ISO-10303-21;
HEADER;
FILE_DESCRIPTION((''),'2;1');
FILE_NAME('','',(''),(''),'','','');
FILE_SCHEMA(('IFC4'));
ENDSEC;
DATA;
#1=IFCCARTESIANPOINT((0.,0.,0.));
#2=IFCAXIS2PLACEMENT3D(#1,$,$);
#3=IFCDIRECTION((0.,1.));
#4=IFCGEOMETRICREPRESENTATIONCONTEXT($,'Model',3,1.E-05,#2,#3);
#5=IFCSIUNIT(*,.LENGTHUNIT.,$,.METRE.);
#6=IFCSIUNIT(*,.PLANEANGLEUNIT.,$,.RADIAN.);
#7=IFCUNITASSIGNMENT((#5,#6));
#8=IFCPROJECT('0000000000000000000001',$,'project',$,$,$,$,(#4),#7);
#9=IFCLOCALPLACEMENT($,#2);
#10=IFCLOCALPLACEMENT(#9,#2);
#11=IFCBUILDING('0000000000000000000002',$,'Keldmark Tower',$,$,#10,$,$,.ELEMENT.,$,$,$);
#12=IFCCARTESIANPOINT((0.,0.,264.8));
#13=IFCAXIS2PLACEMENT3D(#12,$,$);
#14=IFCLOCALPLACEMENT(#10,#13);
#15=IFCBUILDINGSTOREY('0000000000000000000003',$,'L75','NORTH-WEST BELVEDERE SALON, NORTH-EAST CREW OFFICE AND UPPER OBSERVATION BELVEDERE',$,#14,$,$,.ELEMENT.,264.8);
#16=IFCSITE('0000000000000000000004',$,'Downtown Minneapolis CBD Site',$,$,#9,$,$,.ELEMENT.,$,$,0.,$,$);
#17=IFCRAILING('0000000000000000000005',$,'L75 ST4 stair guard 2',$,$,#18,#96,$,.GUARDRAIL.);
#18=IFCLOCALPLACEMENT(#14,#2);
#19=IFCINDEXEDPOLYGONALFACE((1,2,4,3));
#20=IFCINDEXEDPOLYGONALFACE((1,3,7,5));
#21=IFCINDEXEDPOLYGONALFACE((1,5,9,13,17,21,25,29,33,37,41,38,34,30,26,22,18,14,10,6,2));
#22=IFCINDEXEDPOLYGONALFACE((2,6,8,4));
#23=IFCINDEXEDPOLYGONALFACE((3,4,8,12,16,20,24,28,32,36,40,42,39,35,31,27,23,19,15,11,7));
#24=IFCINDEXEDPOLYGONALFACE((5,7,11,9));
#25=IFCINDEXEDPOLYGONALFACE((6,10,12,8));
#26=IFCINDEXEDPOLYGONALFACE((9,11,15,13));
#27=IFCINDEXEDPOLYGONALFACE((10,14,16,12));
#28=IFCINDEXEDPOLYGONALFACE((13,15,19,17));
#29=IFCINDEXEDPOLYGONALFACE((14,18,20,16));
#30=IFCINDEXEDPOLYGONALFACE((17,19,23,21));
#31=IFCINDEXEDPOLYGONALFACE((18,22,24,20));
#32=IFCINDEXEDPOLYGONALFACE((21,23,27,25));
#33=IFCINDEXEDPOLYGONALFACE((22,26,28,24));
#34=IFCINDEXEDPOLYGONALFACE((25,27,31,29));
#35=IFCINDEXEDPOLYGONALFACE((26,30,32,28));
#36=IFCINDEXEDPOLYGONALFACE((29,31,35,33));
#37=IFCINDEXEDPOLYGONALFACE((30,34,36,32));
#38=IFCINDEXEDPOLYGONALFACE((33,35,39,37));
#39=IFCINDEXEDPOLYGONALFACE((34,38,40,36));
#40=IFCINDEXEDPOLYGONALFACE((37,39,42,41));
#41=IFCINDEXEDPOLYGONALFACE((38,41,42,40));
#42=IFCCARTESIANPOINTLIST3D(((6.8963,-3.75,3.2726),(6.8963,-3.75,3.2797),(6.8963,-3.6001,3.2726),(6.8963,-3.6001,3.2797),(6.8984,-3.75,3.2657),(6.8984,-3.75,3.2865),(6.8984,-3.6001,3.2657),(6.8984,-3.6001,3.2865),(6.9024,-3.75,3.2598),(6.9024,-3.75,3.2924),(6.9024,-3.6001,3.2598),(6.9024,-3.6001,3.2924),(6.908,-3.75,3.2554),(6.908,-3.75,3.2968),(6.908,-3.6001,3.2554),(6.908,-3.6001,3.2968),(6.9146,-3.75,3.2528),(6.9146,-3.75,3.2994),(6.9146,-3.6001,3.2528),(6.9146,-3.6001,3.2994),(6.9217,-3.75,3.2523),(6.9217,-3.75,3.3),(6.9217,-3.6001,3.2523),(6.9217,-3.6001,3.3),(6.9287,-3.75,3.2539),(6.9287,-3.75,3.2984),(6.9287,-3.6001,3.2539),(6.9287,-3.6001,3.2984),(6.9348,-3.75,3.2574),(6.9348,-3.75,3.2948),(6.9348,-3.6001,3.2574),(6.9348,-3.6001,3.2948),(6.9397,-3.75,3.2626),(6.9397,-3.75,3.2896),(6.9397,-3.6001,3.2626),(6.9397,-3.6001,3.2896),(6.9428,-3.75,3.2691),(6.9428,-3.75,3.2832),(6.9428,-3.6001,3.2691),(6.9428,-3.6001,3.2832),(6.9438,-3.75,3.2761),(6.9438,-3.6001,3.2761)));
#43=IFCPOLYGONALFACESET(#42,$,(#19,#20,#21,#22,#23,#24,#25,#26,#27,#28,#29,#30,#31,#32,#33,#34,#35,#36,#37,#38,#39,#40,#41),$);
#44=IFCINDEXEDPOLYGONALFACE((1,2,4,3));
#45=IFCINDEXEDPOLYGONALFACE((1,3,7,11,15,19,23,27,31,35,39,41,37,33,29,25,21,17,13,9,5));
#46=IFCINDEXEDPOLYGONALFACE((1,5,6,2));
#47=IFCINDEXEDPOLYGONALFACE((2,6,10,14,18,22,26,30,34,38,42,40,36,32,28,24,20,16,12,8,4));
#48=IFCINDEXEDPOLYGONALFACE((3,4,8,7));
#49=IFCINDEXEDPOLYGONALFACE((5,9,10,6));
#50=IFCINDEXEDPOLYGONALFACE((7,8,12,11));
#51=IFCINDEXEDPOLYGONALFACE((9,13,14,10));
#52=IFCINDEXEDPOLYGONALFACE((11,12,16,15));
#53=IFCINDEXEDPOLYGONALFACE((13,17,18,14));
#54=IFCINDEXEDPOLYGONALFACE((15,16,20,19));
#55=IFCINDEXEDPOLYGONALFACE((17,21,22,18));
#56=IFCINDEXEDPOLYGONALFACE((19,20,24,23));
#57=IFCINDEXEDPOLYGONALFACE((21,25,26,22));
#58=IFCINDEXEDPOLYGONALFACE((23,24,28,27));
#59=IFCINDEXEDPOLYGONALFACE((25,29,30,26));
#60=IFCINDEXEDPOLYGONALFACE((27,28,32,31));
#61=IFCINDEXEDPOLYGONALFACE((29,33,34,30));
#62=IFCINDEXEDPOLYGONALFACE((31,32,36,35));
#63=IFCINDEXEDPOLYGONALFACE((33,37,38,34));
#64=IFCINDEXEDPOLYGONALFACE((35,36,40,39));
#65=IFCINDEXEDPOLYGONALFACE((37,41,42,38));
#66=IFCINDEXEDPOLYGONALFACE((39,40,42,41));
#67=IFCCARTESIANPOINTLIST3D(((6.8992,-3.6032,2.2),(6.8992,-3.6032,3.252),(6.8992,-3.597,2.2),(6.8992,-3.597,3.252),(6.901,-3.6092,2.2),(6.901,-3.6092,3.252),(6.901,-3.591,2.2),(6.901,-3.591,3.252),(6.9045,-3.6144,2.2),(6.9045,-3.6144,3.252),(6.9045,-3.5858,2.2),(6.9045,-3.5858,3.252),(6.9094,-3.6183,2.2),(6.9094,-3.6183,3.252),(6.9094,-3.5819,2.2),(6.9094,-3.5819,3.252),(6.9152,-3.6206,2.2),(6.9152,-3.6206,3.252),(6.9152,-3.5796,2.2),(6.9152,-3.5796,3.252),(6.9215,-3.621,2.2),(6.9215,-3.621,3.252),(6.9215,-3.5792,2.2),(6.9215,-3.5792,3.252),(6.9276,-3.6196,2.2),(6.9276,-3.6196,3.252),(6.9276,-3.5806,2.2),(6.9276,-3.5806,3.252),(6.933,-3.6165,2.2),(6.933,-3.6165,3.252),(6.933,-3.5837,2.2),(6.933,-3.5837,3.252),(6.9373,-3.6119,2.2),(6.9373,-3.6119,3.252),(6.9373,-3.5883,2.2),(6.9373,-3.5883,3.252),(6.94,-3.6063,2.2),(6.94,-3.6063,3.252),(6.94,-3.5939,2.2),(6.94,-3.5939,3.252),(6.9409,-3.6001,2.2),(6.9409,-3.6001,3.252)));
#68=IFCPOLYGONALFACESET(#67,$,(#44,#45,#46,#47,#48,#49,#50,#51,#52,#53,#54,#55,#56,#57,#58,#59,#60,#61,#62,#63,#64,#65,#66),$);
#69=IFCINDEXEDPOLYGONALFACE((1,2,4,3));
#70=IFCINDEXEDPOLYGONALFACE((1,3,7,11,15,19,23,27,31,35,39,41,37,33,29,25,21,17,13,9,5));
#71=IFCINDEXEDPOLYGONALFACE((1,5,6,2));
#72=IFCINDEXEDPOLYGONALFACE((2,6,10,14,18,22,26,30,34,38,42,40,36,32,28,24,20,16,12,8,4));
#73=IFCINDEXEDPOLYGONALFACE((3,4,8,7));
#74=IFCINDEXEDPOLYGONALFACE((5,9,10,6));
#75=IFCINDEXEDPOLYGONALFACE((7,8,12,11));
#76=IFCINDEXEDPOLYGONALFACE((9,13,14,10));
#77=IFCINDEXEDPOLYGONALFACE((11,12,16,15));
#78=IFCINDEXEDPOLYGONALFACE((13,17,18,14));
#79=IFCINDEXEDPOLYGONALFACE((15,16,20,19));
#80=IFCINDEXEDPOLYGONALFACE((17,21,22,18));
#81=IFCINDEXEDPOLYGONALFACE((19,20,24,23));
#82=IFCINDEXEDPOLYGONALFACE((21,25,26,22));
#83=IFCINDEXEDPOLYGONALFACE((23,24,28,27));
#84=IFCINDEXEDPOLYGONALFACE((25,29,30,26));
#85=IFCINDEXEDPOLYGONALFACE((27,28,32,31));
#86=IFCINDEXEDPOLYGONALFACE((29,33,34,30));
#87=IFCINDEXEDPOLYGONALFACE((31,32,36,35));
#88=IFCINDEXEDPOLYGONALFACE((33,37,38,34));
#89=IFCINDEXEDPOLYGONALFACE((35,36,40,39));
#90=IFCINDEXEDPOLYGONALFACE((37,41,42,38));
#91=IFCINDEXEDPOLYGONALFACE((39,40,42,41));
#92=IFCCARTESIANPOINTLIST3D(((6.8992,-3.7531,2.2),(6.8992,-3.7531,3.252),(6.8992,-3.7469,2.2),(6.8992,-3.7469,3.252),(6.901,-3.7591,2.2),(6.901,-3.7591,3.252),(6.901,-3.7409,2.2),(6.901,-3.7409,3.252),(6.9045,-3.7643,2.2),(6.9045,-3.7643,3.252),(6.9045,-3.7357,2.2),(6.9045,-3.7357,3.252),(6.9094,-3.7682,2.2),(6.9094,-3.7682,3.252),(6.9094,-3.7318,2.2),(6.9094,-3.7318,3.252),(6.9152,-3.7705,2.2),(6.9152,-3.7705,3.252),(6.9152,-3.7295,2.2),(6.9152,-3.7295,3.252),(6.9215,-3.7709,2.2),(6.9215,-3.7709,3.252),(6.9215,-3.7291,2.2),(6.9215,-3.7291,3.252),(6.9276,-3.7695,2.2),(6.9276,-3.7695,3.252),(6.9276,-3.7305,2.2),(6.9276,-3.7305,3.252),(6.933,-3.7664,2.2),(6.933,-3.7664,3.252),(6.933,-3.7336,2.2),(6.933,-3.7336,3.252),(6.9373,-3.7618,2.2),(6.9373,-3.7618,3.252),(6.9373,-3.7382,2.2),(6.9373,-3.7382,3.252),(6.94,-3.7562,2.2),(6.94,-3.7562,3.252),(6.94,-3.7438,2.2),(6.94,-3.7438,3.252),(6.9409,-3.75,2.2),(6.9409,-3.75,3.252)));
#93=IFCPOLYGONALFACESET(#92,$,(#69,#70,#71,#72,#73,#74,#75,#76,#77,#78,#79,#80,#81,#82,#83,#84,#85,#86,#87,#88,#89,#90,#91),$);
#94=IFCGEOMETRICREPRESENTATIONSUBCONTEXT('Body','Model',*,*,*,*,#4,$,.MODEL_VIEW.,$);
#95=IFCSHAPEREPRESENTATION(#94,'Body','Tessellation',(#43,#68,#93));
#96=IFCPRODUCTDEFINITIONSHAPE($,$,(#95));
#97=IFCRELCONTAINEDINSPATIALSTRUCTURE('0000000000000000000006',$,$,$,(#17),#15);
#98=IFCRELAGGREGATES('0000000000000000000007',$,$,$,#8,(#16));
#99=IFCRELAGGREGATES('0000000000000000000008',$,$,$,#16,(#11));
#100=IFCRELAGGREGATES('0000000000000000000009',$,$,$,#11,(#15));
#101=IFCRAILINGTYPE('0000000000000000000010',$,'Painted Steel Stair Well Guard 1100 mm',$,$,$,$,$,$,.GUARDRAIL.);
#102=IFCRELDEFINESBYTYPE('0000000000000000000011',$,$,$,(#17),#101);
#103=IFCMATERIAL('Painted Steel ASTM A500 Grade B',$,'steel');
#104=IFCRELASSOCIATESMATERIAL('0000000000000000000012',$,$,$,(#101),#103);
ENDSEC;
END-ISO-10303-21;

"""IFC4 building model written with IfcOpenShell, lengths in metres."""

from ifc_helpers import new_model, si_unit, direction, frame, origin, origin_2d, place, context, subcontext, project, spatial, circle, extrude, material, type_object, element, save


model = new_model("IFC4")

# Units and contexts
model_context = context("Model", 3, precision=1e-05, world=origin(), true_north=direction((0.0, 1.0)))
body_context = subcontext(model_context, "Body", "Model", "MODEL_VIEW")
ifc_project = project(units=[si_unit("LENGTHUNIT", "METRE"), si_unit("PLANEANGLEUNIT", "RADIAN")], contexts=[model_context])

# Site, building, storey
site_placement = place(None, origin())
site = spatial("IfcSite", under=ifc_project, at=site_placement, Name="Downtown Minneapolis CBD Site", CompositionType="ELEMENT", RefElevation=0.0)
building_placement = place(site_placement, origin())
building = spatial("IfcBuilding", under=site, at=building_placement, Name="Keldmark Tower", CompositionType="ELEMENT")
storey_placement = place(building_placement, frame((0.0, 0.0, 264.8)))
storey = spatial("IfcBuildingStorey", under=building, at=storey_placement, Name="L75", Description="NORTH-WEST BELVEDERE SALON, NORTH-EAST CREW OFFICE AND UPPER OBSERVATION BELVEDERE", CompositionType="ELEMENT", Elevation=264.8)

# Railing
ifc_material_1 = material(Name="Painted Steel ASTM A500 Grade B", Category="steel")
railing_type_1 = type_object("IfcRailingType", Name="Painted Steel Stair Well Guard 1100 mm", PredefinedType="GUARDRAIL", material=ifc_material_1)
railing_1_placement = place(storey_placement, frame((6.9199, -3.6001, 2.2)))
element("IfcRailing", 1, at=railing_1_placement, inside=storey, type_object=railing_type_1, Name="L75 ST4 stair guard 2", PredefinedType="GUARDRAIL", context=body_context, shape_type="SweptSolid", body=[
    extrude(circle(Radius=0.0239, at=origin_2d()), frame((0.0, 0.0, 1.0762), z_axis=(0.0, -1.0, 0.0), x_axis=(1.0, 0.0, 0.0)), (0.0, 0.0, 1.0), 0.1499),
    extrude(circle(Radius=0.021, at=origin_2d()), origin(), (0.0, 0.0, 1.0), 1.052),
    extrude(circle(Radius=0.021, at=origin_2d()), frame((0.0, -0.1499, 0.0)), (0.0, 0.0, 1.0), 1.052),
])

save(model, "model.ifc")
